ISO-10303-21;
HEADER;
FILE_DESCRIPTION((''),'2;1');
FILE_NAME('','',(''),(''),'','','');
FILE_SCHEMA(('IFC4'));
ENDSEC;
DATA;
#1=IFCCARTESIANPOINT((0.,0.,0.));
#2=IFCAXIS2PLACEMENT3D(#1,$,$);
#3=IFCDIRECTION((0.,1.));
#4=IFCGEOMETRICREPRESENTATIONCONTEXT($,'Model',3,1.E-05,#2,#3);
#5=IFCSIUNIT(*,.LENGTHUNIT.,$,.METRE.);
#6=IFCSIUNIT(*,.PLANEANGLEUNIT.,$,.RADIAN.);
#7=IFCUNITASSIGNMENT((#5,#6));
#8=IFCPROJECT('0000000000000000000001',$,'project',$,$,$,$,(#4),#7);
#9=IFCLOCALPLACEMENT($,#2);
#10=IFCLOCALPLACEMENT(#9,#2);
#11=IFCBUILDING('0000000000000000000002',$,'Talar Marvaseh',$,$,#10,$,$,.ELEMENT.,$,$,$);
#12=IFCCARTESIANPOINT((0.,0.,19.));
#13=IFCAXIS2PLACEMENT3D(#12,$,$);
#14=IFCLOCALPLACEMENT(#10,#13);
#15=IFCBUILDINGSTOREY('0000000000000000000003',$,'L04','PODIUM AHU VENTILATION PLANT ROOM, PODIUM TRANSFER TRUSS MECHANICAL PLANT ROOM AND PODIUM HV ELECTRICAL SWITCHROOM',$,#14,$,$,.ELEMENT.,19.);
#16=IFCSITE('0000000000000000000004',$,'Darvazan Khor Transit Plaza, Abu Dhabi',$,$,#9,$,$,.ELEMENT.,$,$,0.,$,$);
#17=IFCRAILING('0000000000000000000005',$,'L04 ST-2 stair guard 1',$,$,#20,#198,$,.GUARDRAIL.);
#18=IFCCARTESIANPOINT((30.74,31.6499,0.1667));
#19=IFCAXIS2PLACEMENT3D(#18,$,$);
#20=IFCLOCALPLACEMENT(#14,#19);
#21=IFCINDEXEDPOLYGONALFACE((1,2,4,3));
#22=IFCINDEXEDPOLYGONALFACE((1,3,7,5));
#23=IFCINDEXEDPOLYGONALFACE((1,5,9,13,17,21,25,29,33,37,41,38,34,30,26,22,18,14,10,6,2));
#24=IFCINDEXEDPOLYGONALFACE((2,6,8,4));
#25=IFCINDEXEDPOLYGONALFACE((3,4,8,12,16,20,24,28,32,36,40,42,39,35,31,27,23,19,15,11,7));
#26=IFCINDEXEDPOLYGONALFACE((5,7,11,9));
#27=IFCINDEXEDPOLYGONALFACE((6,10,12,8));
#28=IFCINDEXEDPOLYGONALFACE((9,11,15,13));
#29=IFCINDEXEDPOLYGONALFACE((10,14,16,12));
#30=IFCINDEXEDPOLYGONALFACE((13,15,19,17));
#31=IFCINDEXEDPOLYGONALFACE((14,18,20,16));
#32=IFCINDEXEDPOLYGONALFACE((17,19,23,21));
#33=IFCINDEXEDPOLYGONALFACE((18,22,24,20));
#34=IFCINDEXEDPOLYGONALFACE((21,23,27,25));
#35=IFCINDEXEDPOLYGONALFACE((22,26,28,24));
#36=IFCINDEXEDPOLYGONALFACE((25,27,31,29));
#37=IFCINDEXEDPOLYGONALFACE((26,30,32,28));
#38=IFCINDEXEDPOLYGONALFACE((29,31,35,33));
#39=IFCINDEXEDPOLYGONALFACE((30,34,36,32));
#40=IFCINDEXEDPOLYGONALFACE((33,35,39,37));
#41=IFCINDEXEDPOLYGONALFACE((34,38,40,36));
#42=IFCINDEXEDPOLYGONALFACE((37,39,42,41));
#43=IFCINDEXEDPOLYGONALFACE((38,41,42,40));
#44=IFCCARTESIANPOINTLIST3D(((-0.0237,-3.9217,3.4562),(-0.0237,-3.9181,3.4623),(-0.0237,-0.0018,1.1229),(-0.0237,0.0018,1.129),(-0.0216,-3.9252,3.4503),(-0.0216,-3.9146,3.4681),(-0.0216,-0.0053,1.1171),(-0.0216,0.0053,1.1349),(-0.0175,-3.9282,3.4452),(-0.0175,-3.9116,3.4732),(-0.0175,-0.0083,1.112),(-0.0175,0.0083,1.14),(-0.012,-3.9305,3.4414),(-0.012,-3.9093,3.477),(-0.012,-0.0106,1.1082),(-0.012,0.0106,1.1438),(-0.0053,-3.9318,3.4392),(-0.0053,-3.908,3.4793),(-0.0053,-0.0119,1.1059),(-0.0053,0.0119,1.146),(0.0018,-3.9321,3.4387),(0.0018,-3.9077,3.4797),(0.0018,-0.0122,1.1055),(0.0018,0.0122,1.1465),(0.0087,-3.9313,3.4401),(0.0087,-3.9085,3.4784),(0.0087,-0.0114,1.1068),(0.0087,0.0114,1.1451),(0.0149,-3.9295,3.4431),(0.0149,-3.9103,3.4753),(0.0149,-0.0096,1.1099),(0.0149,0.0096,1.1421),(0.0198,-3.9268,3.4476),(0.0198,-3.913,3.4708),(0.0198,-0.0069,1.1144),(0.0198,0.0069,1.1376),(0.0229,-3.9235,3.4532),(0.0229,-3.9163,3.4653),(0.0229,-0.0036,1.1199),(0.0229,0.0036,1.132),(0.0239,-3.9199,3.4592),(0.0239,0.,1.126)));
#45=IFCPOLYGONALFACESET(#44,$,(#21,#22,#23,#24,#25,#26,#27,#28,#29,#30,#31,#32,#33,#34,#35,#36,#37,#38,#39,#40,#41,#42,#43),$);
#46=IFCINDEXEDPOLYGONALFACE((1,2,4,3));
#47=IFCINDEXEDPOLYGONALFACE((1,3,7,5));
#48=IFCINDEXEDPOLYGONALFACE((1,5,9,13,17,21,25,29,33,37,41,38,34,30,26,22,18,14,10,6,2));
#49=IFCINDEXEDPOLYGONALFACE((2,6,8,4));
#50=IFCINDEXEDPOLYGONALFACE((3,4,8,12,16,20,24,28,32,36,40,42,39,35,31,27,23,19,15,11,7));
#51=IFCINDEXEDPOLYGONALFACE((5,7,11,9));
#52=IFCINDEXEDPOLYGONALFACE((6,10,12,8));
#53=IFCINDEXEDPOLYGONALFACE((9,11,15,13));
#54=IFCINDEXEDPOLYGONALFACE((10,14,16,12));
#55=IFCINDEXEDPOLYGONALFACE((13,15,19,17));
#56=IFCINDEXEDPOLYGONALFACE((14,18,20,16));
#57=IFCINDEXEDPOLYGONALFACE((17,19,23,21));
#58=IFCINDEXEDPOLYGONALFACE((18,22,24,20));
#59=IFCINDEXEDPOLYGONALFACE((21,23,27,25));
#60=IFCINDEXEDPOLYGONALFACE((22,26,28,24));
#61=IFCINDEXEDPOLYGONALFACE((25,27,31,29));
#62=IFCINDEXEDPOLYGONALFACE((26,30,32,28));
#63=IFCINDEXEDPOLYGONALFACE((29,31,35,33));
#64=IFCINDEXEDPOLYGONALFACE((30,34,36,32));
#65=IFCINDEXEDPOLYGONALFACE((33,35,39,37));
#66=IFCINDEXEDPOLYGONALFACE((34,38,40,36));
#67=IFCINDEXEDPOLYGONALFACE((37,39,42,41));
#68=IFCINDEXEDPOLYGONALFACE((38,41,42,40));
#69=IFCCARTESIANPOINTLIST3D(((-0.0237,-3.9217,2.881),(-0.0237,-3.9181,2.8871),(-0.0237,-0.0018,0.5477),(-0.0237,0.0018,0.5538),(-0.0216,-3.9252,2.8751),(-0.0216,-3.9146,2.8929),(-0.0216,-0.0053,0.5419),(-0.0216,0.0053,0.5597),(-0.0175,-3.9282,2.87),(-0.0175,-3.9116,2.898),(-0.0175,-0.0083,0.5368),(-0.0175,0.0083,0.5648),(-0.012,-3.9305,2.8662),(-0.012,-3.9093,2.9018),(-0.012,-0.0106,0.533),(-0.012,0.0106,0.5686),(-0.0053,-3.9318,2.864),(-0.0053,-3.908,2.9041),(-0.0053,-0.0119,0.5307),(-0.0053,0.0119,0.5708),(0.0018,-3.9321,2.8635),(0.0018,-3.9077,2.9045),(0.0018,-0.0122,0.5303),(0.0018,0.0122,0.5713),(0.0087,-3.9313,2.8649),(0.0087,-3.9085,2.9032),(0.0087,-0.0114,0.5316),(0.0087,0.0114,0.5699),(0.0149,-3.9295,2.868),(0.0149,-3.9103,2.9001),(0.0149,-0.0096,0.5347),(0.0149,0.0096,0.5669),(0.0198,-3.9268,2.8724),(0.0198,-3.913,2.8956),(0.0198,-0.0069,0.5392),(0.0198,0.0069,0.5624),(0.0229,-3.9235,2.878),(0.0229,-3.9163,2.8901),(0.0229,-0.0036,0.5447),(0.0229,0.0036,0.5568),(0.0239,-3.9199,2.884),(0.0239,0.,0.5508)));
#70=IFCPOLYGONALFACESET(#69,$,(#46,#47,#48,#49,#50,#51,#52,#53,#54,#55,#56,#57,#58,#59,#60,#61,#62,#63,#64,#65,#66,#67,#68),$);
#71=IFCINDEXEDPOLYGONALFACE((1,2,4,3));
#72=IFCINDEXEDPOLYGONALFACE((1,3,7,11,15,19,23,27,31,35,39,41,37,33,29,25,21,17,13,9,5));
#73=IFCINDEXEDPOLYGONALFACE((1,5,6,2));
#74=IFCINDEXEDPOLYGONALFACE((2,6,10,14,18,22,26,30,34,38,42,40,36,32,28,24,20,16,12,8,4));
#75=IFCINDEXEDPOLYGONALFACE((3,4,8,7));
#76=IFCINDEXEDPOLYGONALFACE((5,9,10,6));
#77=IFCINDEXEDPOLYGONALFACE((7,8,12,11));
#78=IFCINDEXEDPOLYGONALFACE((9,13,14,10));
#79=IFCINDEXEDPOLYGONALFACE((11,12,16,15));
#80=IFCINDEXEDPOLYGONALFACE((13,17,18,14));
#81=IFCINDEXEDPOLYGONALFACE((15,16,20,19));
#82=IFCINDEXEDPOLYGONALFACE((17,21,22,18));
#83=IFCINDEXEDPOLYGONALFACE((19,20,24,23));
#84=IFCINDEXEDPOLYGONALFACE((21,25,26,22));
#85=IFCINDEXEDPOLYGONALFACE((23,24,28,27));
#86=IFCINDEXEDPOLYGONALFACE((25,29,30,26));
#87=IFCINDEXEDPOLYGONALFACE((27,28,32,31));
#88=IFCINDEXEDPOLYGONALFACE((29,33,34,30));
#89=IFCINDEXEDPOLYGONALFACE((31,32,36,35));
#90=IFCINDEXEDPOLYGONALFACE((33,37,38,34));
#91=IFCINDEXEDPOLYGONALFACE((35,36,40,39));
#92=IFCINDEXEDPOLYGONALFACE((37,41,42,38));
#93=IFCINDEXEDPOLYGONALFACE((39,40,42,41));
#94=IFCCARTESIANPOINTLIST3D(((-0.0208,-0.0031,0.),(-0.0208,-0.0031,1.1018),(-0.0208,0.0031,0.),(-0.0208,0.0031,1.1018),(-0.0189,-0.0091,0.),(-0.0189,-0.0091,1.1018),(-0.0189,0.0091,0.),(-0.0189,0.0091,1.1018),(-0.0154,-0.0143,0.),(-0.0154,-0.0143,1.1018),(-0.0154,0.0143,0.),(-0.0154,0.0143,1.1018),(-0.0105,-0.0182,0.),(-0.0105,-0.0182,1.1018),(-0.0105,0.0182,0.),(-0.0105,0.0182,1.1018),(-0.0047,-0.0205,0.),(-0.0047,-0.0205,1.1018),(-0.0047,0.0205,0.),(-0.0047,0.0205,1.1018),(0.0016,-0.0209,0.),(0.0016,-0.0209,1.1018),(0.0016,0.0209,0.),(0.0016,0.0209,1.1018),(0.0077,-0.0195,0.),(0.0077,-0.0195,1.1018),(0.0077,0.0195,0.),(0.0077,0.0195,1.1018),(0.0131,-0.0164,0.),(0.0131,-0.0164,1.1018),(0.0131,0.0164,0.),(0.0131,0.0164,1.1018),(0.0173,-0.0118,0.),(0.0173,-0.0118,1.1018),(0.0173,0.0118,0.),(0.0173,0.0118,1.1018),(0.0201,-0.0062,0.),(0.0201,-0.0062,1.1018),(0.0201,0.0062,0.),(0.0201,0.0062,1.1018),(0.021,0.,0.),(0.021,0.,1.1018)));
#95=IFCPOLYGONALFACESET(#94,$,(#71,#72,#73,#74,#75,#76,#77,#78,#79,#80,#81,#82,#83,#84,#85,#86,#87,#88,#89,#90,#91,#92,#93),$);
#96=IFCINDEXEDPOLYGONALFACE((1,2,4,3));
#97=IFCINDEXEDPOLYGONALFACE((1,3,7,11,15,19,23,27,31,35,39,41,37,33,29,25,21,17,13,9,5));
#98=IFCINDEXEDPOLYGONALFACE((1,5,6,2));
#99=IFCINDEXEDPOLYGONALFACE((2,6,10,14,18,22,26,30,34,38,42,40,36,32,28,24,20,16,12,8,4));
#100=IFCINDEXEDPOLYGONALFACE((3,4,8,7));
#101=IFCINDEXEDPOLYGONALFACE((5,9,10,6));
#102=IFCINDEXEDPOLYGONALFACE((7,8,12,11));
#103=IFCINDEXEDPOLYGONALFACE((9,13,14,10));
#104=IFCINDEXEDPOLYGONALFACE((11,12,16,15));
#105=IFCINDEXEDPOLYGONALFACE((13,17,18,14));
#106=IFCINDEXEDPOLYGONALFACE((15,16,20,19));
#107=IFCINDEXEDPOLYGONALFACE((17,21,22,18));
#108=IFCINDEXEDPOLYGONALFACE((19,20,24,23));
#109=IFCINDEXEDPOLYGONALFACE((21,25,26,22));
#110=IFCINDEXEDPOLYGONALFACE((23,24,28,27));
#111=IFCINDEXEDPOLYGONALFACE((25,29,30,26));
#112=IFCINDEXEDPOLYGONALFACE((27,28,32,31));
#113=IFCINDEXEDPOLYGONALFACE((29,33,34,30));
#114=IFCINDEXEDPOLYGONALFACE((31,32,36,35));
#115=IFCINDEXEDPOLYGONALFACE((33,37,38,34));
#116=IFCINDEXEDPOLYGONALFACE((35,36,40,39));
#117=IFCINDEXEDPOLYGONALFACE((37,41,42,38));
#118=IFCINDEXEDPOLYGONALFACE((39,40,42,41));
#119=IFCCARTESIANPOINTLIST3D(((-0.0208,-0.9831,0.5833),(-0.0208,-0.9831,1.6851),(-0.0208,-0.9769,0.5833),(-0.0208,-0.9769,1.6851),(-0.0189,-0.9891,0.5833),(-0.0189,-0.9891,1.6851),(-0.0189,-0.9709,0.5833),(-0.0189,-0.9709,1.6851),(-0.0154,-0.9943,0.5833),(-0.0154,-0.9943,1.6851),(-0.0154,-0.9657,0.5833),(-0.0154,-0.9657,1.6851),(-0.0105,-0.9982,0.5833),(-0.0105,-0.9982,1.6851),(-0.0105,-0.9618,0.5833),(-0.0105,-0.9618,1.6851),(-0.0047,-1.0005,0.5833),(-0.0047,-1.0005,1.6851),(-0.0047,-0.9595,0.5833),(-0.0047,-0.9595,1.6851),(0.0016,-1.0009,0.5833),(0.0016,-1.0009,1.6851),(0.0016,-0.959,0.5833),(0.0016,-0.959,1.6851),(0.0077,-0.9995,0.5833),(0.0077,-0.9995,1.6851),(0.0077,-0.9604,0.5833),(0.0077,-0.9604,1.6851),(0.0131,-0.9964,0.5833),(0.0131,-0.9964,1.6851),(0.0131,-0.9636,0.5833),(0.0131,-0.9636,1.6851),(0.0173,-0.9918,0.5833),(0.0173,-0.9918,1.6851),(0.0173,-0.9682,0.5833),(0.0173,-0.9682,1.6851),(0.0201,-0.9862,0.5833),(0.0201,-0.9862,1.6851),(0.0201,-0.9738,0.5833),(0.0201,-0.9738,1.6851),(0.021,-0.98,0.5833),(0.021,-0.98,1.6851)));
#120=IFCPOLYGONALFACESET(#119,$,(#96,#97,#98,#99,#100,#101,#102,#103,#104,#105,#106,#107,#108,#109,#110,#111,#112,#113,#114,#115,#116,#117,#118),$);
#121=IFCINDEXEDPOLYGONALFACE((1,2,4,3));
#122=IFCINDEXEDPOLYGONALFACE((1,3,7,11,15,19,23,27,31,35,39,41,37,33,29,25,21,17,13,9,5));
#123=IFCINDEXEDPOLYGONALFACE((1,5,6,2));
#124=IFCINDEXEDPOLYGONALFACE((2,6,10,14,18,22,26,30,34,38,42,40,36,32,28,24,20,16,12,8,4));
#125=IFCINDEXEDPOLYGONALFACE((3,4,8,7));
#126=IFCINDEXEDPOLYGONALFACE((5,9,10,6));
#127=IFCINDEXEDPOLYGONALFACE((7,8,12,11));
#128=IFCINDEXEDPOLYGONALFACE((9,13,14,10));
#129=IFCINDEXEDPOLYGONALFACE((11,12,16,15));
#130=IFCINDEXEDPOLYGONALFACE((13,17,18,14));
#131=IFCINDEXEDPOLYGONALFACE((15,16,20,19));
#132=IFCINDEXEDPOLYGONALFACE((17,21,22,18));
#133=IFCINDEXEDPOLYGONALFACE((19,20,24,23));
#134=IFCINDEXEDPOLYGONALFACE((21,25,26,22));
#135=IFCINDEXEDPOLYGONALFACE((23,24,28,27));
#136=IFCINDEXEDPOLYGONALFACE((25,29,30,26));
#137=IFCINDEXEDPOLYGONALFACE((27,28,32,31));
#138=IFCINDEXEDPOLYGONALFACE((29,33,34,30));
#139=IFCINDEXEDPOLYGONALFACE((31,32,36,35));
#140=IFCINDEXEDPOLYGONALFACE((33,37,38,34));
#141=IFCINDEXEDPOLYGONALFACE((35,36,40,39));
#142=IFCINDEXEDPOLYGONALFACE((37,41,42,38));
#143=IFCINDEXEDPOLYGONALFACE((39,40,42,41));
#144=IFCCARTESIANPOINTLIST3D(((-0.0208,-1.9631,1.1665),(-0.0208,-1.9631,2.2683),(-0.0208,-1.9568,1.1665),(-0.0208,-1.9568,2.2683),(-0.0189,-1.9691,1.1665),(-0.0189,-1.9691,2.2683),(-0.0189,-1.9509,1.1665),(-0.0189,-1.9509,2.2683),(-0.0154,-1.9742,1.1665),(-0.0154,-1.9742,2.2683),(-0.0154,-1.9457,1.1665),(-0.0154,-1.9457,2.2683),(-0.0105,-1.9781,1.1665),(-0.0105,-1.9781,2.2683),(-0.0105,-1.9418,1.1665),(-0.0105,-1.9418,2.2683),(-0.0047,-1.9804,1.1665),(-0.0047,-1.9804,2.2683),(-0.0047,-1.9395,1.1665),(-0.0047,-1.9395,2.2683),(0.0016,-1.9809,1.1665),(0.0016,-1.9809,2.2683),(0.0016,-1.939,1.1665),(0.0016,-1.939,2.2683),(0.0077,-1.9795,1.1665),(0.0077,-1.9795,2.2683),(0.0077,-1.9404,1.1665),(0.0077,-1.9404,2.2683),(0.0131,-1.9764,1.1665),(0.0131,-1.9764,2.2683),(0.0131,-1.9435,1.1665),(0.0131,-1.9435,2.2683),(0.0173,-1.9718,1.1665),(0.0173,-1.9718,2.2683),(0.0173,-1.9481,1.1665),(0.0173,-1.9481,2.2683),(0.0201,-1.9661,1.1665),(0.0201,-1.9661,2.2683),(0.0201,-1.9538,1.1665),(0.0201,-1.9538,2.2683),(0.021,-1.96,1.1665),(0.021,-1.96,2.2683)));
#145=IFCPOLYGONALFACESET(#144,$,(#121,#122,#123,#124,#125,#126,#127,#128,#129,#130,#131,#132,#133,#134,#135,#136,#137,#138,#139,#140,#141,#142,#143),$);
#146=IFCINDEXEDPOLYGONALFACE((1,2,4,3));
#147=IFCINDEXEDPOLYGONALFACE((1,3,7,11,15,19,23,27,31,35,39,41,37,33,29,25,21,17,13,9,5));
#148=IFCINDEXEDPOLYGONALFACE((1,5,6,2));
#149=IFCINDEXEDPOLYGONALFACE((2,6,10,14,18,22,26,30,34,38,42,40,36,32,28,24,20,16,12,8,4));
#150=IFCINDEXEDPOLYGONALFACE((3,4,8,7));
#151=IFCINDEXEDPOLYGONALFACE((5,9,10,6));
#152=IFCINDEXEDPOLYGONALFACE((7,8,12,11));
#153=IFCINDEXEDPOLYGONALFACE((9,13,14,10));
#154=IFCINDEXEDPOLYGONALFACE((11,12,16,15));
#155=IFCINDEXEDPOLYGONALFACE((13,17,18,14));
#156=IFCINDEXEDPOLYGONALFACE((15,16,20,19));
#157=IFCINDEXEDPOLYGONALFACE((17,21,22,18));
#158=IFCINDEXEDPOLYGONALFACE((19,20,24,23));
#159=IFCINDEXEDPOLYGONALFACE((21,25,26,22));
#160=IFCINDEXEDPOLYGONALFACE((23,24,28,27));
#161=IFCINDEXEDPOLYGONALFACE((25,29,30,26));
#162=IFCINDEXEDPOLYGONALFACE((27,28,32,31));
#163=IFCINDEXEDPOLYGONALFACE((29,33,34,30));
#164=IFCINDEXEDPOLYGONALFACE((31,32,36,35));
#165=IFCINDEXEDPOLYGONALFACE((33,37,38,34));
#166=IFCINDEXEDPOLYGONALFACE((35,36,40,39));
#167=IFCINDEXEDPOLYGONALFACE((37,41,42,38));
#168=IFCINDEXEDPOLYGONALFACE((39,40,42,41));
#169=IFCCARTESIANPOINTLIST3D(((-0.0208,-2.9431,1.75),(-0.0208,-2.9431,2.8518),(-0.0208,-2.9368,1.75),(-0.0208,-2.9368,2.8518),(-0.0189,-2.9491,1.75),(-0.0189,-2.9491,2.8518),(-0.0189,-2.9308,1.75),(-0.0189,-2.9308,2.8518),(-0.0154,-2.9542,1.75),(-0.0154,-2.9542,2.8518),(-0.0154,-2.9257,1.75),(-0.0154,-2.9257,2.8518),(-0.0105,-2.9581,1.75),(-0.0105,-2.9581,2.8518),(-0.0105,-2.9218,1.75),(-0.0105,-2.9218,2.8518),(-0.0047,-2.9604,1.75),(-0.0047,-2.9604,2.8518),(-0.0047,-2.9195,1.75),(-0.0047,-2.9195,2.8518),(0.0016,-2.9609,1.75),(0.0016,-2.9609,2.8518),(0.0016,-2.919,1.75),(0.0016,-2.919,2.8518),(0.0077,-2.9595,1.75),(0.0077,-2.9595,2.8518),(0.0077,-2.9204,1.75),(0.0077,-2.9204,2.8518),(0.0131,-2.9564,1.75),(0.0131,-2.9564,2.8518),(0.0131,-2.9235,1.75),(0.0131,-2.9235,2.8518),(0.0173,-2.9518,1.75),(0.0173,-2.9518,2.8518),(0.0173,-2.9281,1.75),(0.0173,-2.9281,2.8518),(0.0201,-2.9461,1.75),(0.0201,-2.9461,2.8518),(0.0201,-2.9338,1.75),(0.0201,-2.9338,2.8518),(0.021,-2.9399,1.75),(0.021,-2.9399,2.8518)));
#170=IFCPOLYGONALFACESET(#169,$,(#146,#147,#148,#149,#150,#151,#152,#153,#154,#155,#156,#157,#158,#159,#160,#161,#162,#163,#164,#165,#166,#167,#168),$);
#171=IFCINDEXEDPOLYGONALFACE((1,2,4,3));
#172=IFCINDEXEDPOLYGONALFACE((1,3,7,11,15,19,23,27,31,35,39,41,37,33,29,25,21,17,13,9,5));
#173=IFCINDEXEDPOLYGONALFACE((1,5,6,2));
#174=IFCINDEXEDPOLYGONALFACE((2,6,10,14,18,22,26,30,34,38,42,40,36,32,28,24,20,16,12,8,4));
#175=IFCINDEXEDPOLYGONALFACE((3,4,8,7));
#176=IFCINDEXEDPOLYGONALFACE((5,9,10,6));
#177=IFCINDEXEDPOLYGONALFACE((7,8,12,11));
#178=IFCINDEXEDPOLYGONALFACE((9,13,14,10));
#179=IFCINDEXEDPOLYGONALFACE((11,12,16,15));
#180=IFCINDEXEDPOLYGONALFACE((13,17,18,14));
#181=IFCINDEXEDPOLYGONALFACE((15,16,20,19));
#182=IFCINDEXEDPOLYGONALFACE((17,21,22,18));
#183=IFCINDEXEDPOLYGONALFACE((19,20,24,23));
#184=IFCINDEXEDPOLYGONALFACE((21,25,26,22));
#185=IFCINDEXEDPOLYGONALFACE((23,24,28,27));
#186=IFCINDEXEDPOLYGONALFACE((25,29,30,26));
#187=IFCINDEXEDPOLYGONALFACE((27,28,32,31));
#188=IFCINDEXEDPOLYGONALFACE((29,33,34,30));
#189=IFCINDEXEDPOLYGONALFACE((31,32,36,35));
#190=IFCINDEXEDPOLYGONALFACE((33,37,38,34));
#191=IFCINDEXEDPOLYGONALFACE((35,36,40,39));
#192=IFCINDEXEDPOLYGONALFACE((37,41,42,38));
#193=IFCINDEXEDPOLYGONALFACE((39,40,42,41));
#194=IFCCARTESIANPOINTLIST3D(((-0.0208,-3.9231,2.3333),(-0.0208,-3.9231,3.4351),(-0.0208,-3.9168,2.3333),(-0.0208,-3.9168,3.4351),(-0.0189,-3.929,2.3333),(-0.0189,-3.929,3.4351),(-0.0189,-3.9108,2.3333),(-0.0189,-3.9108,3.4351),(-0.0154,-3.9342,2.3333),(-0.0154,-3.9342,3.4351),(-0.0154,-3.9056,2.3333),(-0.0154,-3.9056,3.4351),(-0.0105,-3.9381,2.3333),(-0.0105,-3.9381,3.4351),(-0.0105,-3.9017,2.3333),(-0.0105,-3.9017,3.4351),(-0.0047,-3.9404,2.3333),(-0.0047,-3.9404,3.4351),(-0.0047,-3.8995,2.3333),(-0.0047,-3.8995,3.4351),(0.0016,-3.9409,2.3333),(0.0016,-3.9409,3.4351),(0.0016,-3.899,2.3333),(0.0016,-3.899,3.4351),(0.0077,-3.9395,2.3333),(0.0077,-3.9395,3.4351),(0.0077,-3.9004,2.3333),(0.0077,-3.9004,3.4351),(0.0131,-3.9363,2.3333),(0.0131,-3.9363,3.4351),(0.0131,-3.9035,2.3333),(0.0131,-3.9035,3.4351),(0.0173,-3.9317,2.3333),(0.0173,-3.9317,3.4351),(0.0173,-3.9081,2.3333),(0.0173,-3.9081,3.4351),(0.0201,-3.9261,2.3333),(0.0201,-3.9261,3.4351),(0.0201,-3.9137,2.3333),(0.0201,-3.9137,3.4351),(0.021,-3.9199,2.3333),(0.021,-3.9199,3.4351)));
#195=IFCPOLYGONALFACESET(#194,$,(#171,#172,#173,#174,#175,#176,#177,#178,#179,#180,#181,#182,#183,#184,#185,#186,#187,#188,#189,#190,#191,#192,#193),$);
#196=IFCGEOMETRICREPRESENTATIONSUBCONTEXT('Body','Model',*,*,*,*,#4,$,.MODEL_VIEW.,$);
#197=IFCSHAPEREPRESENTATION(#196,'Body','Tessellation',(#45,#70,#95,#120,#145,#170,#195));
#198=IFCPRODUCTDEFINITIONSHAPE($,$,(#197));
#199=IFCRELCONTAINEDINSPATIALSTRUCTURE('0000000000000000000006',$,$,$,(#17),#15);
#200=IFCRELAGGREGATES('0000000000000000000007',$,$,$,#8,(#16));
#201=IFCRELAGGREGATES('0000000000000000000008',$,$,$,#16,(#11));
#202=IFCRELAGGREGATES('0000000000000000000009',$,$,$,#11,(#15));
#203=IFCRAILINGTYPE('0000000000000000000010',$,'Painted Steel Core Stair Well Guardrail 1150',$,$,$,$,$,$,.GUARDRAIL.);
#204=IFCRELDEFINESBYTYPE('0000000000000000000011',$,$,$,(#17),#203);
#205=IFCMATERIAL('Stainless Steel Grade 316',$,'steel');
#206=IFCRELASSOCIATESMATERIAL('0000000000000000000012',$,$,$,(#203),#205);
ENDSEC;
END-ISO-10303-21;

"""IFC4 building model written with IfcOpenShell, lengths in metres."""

from ifc_helpers import new_model, si_unit, direction, frame, origin, origin_2d, place, context, subcontext, project, spatial, circle, extrude, material, type_object, element, save


model = new_model("IFC4")

# Units and contexts
model_context = context("Model", 3, precision=1e-05, world=origin(), true_north=direction((0.0, 1.0)))
body_context = subcontext(model_context, "Body", "Model", "MODEL_VIEW")
ifc_project = project(units=[si_unit("LENGTHUNIT", "METRE"), si_unit("PLANEANGLEUNIT", "RADIAN")], contexts=[model_context])

# Site, building, storey
site_placement = place(None, origin())
site = spatial("IfcSite", under=ifc_project, at=site_placement, Name="Darvazan Khor Transit Plaza, Abu Dhabi", CompositionType="ELEMENT", RefElevation=0.0)
building_placement = place(site_placement, origin())
building = spatial("IfcBuilding", under=site, at=building_placement, Name="Talar Marvaseh", CompositionType="ELEMENT")
storey_placement = place(building_placement, frame((0.0, 0.0, 19.0)))
storey = spatial("IfcBuildingStorey", under=building, at=storey_placement, Name="L04", Description="PODIUM AHU VENTILATION PLANT ROOM, PODIUM TRANSFER TRUSS MECHANICAL PLANT ROOM AND PODIUM HV ELECTRICAL SWITCHROOM", CompositionType="ELEMENT", Elevation=19.0)

# Shared definitions
ifc_material_1 = material(Name="Stainless Steel Grade 316", Category="steel")

# Railing
railing_type_1 = type_object("IfcRailingType", Name="Painted Steel Core Stair Well Guardrail 1150", PredefinedType="GUARDRAIL", material=ifc_material_1)
railing_1_placement = place(storey_placement, frame((30.74, 31.6499, 0.1667)))
element("IfcRailing", 1, at=railing_1_placement, inside=storey, type_object=railing_type_1, Name="L04 ST-2 stair guard 1", PredefinedType="GUARDRAIL", context=body_context, shape_type="SweptSolid", body=[
    extrude(circle(Radius=0.0239, at=origin_2d()), frame((0.0, 0.0, 1.126), z_axis=(0.0, -0.859296, 0.511478), x_axis=(1.0, 0.0, 0.0)), (0.0, 0.0, 1.0), 4.5618),
    extrude(circle(Radius=0.0239, at=origin_2d()), frame((0.0, 0.0, 0.5508), z_axis=(0.0, -0.859296, 0.511478), x_axis=(1.0, 0.0, 0.0)), (0.0, 0.0, 1.0), 4.5618),
    extrude(circle(Radius=0.021, at=origin_2d()), origin(), (0.0, 0.0, 1.0), 1.1018),
    extrude(circle(Radius=0.021, at=origin_2d()), frame((0.0, -0.98, 0.5833)), (0.0, 0.0, 1.0), 1.1018),
    extrude(circle(Radius=0.021, at=origin_2d()), frame((0.0, -1.96, 1.1665)), (0.0, 0.0, 1.0), 1.1018),
    extrude(circle(Radius=0.021, at=origin_2d()), frame((0.0, -2.9399, 1.75)), (0.0, 0.0, 1.0), 1.1018),
    extrude(circle(Radius=0.021, at=origin_2d()), frame((0.0, -3.9199, 2.3333)), (0.0, 0.0, 1.0), 1.1018),
])

save(model, "model.ifc")
